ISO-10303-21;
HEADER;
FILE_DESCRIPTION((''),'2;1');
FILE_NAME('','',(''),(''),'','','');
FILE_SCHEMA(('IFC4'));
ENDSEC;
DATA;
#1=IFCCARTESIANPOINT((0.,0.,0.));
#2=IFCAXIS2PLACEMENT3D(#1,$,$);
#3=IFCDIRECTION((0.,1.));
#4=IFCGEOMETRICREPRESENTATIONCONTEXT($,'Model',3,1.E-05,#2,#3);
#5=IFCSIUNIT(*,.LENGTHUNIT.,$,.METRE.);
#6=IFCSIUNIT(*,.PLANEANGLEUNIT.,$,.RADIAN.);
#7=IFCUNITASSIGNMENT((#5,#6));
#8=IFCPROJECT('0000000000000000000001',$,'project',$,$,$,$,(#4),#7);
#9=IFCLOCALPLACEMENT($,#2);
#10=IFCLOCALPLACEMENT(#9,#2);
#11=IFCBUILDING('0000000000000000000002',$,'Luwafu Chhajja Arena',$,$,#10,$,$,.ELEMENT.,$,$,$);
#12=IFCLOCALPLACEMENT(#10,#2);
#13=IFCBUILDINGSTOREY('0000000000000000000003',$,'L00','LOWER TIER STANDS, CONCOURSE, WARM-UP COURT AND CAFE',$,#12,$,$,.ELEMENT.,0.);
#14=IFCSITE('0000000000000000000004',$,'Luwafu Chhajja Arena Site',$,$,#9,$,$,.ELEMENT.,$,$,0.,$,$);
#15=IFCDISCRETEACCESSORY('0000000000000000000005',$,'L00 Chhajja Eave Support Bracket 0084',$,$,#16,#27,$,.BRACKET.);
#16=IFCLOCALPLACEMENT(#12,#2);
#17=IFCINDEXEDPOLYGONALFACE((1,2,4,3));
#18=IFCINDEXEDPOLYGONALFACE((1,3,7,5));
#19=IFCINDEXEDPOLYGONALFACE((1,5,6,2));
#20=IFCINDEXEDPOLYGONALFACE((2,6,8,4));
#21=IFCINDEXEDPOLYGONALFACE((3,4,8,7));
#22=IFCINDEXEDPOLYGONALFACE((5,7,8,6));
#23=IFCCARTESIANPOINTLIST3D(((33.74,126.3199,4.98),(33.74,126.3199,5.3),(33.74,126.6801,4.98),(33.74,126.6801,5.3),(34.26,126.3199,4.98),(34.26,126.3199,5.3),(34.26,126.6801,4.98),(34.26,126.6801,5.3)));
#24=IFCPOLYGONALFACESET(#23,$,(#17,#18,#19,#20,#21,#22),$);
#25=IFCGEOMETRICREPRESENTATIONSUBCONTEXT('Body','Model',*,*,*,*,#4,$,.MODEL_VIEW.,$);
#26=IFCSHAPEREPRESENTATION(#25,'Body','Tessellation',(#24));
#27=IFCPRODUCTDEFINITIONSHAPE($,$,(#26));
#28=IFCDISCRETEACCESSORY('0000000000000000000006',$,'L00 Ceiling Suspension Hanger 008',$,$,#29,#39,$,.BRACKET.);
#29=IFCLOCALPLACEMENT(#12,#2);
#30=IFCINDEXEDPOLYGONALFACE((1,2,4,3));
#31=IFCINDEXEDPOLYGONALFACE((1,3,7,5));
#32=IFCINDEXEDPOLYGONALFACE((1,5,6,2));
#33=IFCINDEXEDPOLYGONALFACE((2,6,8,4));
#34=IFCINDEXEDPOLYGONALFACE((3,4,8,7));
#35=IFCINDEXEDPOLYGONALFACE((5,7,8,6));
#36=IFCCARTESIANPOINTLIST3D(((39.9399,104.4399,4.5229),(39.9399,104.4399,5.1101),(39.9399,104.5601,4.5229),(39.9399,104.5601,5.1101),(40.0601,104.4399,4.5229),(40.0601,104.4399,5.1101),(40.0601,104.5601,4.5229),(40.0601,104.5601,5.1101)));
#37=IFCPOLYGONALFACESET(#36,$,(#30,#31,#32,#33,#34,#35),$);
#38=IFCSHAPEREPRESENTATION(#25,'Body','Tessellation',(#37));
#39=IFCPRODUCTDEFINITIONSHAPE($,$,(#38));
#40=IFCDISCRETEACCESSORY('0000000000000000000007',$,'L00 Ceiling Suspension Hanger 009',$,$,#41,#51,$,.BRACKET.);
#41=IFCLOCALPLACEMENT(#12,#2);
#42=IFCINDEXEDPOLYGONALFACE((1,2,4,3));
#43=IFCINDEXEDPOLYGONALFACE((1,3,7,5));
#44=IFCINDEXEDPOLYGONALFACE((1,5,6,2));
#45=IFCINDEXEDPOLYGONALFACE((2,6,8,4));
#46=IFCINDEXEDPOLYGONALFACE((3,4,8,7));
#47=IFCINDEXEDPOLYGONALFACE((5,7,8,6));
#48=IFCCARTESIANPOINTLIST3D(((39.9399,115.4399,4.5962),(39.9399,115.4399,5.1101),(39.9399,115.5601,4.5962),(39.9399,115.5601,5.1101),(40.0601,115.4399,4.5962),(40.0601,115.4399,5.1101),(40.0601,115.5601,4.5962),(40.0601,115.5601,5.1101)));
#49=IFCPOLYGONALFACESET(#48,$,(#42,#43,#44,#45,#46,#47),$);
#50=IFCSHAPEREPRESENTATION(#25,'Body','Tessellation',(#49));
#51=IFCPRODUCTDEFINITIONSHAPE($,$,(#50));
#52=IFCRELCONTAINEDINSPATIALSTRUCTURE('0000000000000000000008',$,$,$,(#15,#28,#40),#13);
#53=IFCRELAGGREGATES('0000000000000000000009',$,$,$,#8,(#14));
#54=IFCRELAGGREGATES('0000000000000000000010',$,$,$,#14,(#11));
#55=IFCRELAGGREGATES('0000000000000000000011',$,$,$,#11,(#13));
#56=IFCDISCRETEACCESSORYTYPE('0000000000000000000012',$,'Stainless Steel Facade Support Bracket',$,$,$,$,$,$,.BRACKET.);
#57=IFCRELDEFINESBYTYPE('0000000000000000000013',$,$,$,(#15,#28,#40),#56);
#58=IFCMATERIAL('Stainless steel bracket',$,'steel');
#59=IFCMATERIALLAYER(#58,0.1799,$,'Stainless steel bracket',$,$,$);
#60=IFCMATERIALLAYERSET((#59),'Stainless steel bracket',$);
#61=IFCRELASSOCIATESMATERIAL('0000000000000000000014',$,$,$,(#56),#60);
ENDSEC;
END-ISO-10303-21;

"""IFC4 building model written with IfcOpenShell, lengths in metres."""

from ifc_helpers import new_model, si_unit, direction, frame, origin, origin_2d, place, context, subcontext, project, spatial, rectangle, extrude, material, layer, layer_set, type_object, element, save


model = new_model("IFC4")

# Units and contexts
model_context = context("Model", 3, precision=1e-05, world=origin(), true_north=direction((0.0, 1.0)))
body_context = subcontext(model_context, "Body", "Model", "MODEL_VIEW")
ifc_project = project(units=[si_unit("LENGTHUNIT", "METRE"), si_unit("PLANEANGLEUNIT", "RADIAN")], contexts=[model_context])

# Site, building, storey
site_placement = place(None, origin())
site = spatial("IfcSite", under=ifc_project, at=site_placement, Name="Luwafu Chhajja Arena Site", CompositionType="ELEMENT", RefElevation=0.0)
building_placement = place(site_placement, origin())
building = spatial("IfcBuilding", under=site, at=building_placement, Name="Luwafu Chhajja Arena", CompositionType="ELEMENT")
storey_placement = place(building_placement, origin())
storey = spatial("IfcBuildingStorey", under=building, at=storey_placement, Name="L00", Description="LOWER TIER STANDS, CONCOURSE, WARM-UP COURT AND CAFE", CompositionType="ELEMENT", Elevation=0.0)

# Discrete accessories
ifc_material_1 = material(Name="Stainless steel bracket", Category="steel")
ifc_layer_1 = layer(ifc_material_1, 0.1799, Name="Stainless steel bracket")
ifc_layer_set_1 = layer_set([ifc_layer_1], Name="Stainless steel bracket")
discrete_accessory_type = type_object("IfcDiscreteAccessoryType", Name="Stainless Steel Facade Support Bracket", PredefinedType="BRACKET", material=ifc_layer_set_1)
discrete_accessory_1_placement = place(storey_placement, frame((34.0, 126.5, 4.98), z_axis=(0.0, 0.0, 1.0), x_axis=(0.0, 1.0, 0.0)))
element("IfcDiscreteAccessory", 1, at=discrete_accessory_1_placement, inside=storey, type_object=discrete_accessory_type, Name="L00 Chhajja Eave Support Bracket 0084", PredefinedType="BRACKET", context=body_context, shape_type="SweptSolid", body=[
    extrude(rectangle(XDim=0.3601, YDim=0.52, at=origin_2d()), origin(), (0.0, 0.0, 1.0), 0.3201),
])
discrete_accessory_2_placement = place(storey_placement, frame((40.0, 104.5, 4.5229), z_axis=(0.0, 0.0, 1.0), x_axis=(1.0, 0.0, 0.0)))
element("IfcDiscreteAccessory", 2, at=discrete_accessory_2_placement, inside=storey, type_object=discrete_accessory_type, Name="L00 Ceiling Suspension Hanger 008", PredefinedType="BRACKET", context=body_context, shape_type="SweptSolid", body=[
    extrude(rectangle(XDim=0.1201, YDim=0.1201, at=origin_2d()), origin(), (0.0, 0.0, 1.0), 0.5872),
])
discrete_accessory_3_placement = place(storey_placement, frame((40.0, 115.5, 4.5962), z_axis=(0.0, 0.0, 1.0), x_axis=(1.0, 0.0, 0.0)))
element("IfcDiscreteAccessory", 3, at=discrete_accessory_3_placement, inside=storey, type_object=discrete_accessory_type, Name="L00 Ceiling Suspension Hanger 009", PredefinedType="BRACKET", context=body_context, shape_type="SweptSolid", body=[
    extrude(rectangle(XDim=0.1201, YDim=0.1201, at=origin_2d()), origin(), (0.0, 0.0, 1.0), 0.5139),
])

save(model, "model.ifc")
